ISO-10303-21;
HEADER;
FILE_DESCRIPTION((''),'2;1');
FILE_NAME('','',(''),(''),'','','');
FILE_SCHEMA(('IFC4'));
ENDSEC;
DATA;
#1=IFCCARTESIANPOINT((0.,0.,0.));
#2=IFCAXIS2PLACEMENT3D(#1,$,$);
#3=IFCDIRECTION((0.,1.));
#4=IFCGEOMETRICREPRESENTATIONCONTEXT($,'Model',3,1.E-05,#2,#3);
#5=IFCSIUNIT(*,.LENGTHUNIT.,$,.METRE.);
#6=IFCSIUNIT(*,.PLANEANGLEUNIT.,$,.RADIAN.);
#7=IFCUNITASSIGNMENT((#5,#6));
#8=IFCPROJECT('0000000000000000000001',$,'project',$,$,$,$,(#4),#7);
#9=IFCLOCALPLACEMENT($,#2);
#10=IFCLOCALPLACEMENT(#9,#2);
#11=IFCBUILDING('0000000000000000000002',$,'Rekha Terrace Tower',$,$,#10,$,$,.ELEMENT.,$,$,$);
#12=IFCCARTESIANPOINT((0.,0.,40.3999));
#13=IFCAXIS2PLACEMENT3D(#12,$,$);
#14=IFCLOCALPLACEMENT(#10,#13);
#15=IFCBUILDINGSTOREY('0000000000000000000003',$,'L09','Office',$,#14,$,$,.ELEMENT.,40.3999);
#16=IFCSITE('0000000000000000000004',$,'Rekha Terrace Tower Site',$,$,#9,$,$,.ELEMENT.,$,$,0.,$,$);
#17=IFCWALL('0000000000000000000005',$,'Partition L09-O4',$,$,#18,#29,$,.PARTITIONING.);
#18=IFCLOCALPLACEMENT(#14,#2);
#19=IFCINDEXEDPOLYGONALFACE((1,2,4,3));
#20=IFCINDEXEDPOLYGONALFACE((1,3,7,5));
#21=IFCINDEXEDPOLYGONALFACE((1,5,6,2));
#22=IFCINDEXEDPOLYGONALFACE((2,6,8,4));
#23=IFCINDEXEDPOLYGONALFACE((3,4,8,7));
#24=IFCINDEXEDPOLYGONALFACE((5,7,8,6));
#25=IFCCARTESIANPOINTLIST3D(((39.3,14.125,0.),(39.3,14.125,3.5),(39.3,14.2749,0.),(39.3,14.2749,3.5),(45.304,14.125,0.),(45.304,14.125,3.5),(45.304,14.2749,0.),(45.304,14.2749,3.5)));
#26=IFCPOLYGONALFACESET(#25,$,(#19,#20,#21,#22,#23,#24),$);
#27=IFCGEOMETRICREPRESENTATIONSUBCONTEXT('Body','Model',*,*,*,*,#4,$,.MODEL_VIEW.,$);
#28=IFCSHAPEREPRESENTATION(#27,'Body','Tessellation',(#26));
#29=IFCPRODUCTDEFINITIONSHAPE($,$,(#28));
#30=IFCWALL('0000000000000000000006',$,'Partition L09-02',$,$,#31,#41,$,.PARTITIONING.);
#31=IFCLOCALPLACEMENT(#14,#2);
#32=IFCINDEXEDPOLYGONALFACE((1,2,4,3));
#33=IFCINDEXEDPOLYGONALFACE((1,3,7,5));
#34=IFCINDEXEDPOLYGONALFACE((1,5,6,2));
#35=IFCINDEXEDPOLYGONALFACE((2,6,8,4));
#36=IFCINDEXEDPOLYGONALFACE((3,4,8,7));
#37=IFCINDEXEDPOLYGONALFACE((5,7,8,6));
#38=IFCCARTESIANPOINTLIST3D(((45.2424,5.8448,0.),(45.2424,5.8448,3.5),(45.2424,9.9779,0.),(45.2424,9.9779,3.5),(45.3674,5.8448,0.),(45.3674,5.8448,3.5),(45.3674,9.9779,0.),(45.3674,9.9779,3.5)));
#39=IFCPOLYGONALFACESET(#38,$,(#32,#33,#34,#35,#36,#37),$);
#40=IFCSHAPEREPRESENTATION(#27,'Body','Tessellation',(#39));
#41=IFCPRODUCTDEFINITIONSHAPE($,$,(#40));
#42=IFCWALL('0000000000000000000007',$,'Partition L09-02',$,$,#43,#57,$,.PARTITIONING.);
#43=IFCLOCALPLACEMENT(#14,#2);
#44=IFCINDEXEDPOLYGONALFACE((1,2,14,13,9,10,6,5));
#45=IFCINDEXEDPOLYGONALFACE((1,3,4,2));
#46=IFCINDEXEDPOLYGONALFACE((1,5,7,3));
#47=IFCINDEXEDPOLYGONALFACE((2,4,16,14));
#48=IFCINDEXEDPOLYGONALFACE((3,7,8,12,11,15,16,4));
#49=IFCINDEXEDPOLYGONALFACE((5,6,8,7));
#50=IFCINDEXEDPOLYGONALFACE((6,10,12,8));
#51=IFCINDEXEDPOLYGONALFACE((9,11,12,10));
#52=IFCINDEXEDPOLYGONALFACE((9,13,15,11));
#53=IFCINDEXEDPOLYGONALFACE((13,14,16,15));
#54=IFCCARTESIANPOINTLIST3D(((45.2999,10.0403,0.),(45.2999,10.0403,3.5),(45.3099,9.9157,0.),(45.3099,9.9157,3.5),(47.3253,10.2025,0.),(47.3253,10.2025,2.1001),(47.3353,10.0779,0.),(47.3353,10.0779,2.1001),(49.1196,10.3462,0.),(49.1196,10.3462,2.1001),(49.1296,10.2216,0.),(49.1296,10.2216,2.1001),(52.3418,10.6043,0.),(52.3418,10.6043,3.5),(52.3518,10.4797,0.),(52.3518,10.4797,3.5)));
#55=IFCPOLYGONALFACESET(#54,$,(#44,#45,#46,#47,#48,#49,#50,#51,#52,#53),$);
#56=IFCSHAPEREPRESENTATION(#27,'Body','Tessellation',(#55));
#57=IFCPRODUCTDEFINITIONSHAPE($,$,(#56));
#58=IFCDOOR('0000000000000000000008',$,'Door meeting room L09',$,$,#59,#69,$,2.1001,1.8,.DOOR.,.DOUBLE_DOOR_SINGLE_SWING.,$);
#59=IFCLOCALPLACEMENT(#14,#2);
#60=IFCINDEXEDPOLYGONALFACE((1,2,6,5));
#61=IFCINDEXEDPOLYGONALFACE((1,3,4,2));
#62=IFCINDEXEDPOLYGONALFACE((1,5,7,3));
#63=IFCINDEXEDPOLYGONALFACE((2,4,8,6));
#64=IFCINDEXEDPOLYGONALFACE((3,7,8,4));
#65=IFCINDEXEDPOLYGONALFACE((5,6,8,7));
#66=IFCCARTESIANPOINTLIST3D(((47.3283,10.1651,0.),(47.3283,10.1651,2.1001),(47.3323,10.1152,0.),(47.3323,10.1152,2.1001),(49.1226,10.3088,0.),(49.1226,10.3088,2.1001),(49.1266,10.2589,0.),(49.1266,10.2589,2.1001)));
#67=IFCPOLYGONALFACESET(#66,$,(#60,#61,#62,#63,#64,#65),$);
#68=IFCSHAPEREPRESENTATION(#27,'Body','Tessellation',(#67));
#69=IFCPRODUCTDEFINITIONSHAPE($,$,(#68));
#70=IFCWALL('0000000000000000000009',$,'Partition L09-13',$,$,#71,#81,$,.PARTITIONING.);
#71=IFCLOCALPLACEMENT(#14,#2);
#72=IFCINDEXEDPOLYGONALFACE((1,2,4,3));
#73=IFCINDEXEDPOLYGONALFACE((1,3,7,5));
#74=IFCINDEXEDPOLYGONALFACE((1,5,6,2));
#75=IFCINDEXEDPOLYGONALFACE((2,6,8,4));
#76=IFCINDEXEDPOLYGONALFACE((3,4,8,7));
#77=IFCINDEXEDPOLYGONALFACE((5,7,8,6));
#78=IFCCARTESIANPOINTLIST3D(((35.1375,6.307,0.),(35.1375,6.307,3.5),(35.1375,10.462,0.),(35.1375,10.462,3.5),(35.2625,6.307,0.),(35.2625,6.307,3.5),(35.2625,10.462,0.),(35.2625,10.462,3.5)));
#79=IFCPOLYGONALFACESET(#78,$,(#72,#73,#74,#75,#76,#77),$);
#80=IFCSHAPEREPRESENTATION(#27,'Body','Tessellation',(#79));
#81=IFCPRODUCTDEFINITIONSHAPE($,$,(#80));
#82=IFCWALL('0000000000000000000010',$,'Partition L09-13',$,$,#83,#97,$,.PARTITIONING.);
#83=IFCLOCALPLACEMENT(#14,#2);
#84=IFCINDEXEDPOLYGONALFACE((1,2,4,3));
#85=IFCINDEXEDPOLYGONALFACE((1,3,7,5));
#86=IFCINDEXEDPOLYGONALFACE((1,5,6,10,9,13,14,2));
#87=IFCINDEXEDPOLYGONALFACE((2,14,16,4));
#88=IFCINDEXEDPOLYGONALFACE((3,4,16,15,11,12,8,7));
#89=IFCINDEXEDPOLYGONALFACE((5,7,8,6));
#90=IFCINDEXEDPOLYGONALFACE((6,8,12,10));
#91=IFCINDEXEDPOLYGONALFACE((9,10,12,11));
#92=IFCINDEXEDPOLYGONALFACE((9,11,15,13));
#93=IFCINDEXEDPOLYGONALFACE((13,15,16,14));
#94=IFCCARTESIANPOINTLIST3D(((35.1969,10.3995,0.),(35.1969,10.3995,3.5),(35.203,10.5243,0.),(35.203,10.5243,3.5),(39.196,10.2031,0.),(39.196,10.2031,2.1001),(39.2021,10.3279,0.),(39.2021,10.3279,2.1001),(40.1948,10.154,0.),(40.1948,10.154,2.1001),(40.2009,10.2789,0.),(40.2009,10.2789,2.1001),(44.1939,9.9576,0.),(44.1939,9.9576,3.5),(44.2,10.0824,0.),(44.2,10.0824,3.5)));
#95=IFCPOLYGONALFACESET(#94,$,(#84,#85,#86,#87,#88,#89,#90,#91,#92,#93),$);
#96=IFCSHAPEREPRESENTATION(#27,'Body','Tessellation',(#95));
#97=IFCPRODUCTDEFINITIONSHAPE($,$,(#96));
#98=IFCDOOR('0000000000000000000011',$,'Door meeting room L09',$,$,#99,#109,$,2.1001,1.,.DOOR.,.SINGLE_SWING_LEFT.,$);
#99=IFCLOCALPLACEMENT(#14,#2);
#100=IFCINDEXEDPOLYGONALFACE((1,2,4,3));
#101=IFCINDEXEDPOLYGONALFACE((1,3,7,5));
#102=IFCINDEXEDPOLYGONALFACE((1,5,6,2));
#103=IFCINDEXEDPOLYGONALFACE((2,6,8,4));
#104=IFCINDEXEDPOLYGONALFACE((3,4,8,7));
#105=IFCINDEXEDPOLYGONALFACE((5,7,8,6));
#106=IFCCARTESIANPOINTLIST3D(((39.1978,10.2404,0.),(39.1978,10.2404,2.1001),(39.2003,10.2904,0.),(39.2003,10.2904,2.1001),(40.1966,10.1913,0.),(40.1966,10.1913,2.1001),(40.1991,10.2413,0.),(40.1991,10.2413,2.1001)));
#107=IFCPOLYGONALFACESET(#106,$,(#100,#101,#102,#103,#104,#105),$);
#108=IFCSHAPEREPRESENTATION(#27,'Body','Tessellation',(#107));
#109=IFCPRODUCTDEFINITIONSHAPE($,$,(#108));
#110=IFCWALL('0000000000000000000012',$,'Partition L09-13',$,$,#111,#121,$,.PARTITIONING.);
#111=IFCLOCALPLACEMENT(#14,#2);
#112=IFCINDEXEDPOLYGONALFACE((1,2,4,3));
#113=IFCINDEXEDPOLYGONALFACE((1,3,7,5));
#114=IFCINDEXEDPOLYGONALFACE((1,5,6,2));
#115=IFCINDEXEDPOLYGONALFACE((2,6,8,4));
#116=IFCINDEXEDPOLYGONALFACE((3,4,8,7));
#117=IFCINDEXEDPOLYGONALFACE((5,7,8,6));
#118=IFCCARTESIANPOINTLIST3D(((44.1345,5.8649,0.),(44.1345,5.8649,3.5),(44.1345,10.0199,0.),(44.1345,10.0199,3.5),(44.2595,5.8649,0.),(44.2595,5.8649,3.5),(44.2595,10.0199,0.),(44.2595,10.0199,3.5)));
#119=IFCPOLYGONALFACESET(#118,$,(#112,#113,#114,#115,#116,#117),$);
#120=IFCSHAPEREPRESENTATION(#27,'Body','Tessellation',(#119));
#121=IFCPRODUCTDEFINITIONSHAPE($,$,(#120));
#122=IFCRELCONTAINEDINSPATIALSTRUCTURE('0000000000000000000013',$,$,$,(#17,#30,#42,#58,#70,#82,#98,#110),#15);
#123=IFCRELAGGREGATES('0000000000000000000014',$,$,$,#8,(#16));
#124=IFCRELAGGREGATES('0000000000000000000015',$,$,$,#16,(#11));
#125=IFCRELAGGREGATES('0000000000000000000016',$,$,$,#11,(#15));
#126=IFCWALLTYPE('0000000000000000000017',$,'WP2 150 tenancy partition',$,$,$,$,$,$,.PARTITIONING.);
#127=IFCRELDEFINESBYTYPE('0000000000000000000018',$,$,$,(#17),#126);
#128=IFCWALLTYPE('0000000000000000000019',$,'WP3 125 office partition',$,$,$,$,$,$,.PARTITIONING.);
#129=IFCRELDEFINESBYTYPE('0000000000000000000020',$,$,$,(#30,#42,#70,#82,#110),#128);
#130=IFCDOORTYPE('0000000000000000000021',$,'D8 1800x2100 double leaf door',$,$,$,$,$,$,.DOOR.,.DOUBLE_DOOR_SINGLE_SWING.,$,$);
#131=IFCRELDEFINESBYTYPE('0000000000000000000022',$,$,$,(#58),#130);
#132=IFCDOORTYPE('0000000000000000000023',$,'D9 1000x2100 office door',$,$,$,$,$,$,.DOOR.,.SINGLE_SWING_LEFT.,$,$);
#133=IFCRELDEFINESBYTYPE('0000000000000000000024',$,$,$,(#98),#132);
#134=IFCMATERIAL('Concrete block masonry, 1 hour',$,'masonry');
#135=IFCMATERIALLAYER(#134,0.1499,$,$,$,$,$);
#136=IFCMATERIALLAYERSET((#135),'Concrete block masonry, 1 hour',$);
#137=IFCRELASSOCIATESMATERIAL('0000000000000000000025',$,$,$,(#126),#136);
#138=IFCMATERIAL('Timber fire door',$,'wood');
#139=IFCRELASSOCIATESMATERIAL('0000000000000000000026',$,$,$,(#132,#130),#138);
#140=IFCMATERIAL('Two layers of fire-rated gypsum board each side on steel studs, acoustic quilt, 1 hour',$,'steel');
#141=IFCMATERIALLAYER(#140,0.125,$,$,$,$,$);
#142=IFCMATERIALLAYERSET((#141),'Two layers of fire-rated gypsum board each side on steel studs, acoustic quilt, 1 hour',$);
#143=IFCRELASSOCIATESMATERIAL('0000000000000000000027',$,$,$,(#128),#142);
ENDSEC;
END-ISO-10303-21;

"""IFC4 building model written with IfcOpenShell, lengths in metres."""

from ifc_helpers import new_model, si_unit, direction, frame, frame_2d, origin, place, context, subcontext, project, spatial, rectangle, extrude, material, layer, layer_set, type_object, element, fill, save


model = new_model("IFC4")

# Units and contexts
model_context = context("Model", 3, precision=1e-05, world=origin(), true_north=direction((0.0, 1.0)))
body_context = subcontext(model_context, "Body", "Model", "MODEL_VIEW")
ifc_project = project(units=[si_unit("LENGTHUNIT", "METRE"), si_unit("PLANEANGLEUNIT", "RADIAN")], contexts=[model_context])

# Site, building, storey
site_placement = place(None, origin())
site = spatial("IfcSite", under=ifc_project, at=site_placement, Name="Rekha Terrace Tower Site", CompositionType="ELEMENT", RefElevation=0.0)
building_placement = place(site_placement, origin())
building = spatial("IfcBuilding", under=site, at=building_placement, Name="Rekha Terrace Tower", CompositionType="ELEMENT")
storey_placement = place(building_placement, frame((0.0, 0.0, 40.3999)))
storey = spatial("IfcBuildingStorey", under=building, at=storey_placement, Name="L09", Description="Office", CompositionType="ELEMENT", Elevation=40.3999)

# Shared definitions
ifc_material_1 = material(Name="Concrete block masonry, 1 hour", Category="masonry")
ifc_layer_1 = layer(ifc_material_1, 0.1499)
ifc_layer_set_1 = layer_set([ifc_layer_1], Name="Concrete block masonry, 1 hour")
wall_type_1 = type_object("IfcWallType", Name="WP2 150 tenancy partition", PredefinedType="PARTITIONING", material=ifc_layer_set_1)

# Shared definitions
ifc_material_2 = material(Name="Timber fire door", Category="wood")
door_type_1 = type_object("IfcDoorType", Name="D9 1000x2100 office door", OperationType="SINGLE_SWING_LEFT", PredefinedType="DOOR", material=ifc_material_2)

# Walls
wall_1_placement = place(storey_placement, frame((39.3, 14.2, 0.0), z_axis=(0.0, 0.0, 1.0), x_axis=(1.0, 0.0, 0.0)))
element("IfcWall", 1, at=wall_1_placement, inside=storey, type_object=wall_type_1, Name="Partition L09-O4", PredefinedType="PARTITIONING", context=body_context, shape_type="SweptSolid", body=[
    extrude(rectangle(XDim=6.0039, YDim=0.1499, at=frame_2d((3.002, 0.0))), origin(), (0.0, 0.0, 1.0), 3.5),
])
ifc_material_3 = material(Name="Two layers of fire-rated gypsum board each side on steel studs, acoustic quilt, 1 hour", Category="steel")
ifc_layer_2 = layer(ifc_material_3, 0.125)
ifc_layer_set_2 = layer_set([ifc_layer_2], Name="Two layers of fire-rated gypsum board each side on steel studs, acoustic quilt, 1 hour")
wall_type_2 = type_object("IfcWallType", Name="WP3 125 office partition", PredefinedType="PARTITIONING", material=ifc_layer_set_2)
wall_2_placement = place(storey_placement, frame((45.3049, 5.845, 0.0), z_axis=(0.0, 0.0, 1.0), x_axis=(0.0, 1.0, 0.0)))
element("IfcWall", 2, at=wall_2_placement, inside=storey, type_object=wall_type_2, Name="Partition L09-02", PredefinedType="PARTITIONING", context=body_context, shape_type="SweptSolid", body=[
    extrude(rectangle(XDim=4.1331, YDim=0.125, at=frame_2d((2.0664, 0.0))), origin(), (0.0, 0.0, 1.0), 3.5),
])

# Wall, opening, door
wall_3_placement = place(storey_placement, frame((45.3049, 9.978, 0.0), z_axis=(0.0, 0.0, 1.0), x_axis=(0.996808, 0.07983, 0.0)))
wall_3 = element("IfcWall", 3, at=wall_3_placement, inside=storey, type_object=wall_type_2, Name="Partition L09-02", PredefinedType="PARTITIONING", context=body_context, shape_type="SweptSolid", body=[
    extrude(rectangle(XDim=7.0645, YDim=0.125, at=frame_2d((3.5322, 0.0))), origin(), (0.0, 0.0, 1.0), 3.5),
])
opening_1_placement = place(wall_3_placement, frame((2.032, 0.0, 0.0)))
opening_1 = element("IfcOpeningElement", 4, at=opening_1_placement, cuts=wall_3, PredefinedType="OPENING", context=body_context, shape_type="SweptSolid", body=[
    extrude(rectangle(XDim=1.8, YDim=2.1001, at=frame_2d((0.8999, 1.05))), frame((0.0, 0.0725, 0.0), z_axis=(0.0, -1.0, 0.0), x_axis=(1.0, 0.0, 0.0)), (0.0, 0.0, 1.0), 0.145),
])
door_type_2 = type_object("IfcDoorType", Name="D8 1800x2100 double leaf door", OperationType="DOUBLE_DOOR_SINGLE_SWING", PredefinedType="DOOR", material=ifc_material_2)
door_1_placement = place(opening_1_placement, origin())
door_1 = element("IfcDoor", 5, at=door_1_placement, inside=storey, type_object=door_type_2, Name="Door meeting room L09", OperationType="DOUBLE_DOOR_SINGLE_SWING", OverallHeight=2.1001, OverallWidth=1.8, PredefinedType="DOOR", context=body_context, shape_type="SweptSolid", body=[
    extrude(rectangle(XDim=1.8, YDim=2.1001, at=frame_2d((0.8999, 1.05))), frame((0.0, 0.0249, 0.0), z_axis=(0.0, -1.0, 0.0), x_axis=(1.0, 0.0, 0.0)), (0.0, 0.0, 1.0), 0.05),
])
fill(opening_1, door_1)

# Wall
wall_4_placement = place(storey_placement, frame((35.2, 6.3069, 0.0), z_axis=(0.0, 0.0, 1.0), x_axis=(0.0, 1.0, 0.0)))
element("IfcWall", 6, at=wall_4_placement, inside=storey, type_object=wall_type_2, Name="Partition L09-13", PredefinedType="PARTITIONING", context=body_context, shape_type="SweptSolid", body=[
    extrude(rectangle(XDim=4.155, YDim=0.125, at=frame_2d((2.0776, 0.0))), origin(), (0.0, 0.0, 1.0), 3.5),
])

# Wall, opening, door
wall_5_placement = place(storey_placement, frame((35.2, 10.4619, 0.0), z_axis=(0.0, 0.0, 1.0), x_axis=(0.998796, -0.049056, 0.0)))
wall_5 = element("IfcWall", 7, at=wall_5_placement, inside=storey, type_object=wall_type_2, Name="Partition L09-13", PredefinedType="PARTITIONING", context=body_context, shape_type="SweptSolid", body=[
    extrude(rectangle(XDim=9.0078, YDim=0.125, at=frame_2d((4.5039, 0.0))), origin(), (0.0, 0.0, 1.0), 3.5),
])
opening_2_placement = place(wall_5_placement, frame((4.0039, 0.0, 0.0)))
opening_2 = element("IfcOpeningElement", 8, at=opening_2_placement, cuts=wall_5, PredefinedType="OPENING", context=body_context, shape_type="SweptSolid", body=[
    extrude(rectangle(XDim=1.0, YDim=2.1001, at=frame_2d((0.5, 1.05))), frame((0.0, 0.0725, 0.0), z_axis=(0.0, -1.0, 0.0), x_axis=(1.0, 0.0, 0.0)), (0.0, 0.0, 1.0), 0.145),
])
door_2_placement = place(opening_2_placement, origin())
door_2 = element("IfcDoor", 9, at=door_2_placement, inside=storey, type_object=door_type_1, Name="Door meeting room L09", OperationType="SINGLE_SWING_LEFT", OverallHeight=2.1001, OverallWidth=1.0, PredefinedType="DOOR", context=body_context, shape_type="SweptSolid", body=[
    extrude(rectangle(XDim=1.0, YDim=2.1001, at=frame_2d((0.5, 1.05))), frame((0.0, 0.0249, 0.0), z_axis=(0.0, -1.0, 0.0), x_axis=(1.0, 0.0, 0.0)), (0.0, 0.0, 1.0), 0.05),
])
fill(opening_2, door_2)

# Wall
wall_6_placement = place(storey_placement, frame((44.197, 10.02, 0.0), z_axis=(0.0, 0.0, 1.0), x_axis=(0.0, -1.0, 0.0)))
element("IfcWall", 10, at=wall_6_placement, inside=storey, type_object=wall_type_2, Name="Partition L09-13", PredefinedType="PARTITIONING", context=body_context, shape_type="SweptSolid", body=[
    extrude(rectangle(XDim=4.155, YDim=0.125, at=frame_2d((2.0776, 0.0))), origin(), (0.0, 0.0, 1.0), 3.5),
])

save(model, "model.ifc")
